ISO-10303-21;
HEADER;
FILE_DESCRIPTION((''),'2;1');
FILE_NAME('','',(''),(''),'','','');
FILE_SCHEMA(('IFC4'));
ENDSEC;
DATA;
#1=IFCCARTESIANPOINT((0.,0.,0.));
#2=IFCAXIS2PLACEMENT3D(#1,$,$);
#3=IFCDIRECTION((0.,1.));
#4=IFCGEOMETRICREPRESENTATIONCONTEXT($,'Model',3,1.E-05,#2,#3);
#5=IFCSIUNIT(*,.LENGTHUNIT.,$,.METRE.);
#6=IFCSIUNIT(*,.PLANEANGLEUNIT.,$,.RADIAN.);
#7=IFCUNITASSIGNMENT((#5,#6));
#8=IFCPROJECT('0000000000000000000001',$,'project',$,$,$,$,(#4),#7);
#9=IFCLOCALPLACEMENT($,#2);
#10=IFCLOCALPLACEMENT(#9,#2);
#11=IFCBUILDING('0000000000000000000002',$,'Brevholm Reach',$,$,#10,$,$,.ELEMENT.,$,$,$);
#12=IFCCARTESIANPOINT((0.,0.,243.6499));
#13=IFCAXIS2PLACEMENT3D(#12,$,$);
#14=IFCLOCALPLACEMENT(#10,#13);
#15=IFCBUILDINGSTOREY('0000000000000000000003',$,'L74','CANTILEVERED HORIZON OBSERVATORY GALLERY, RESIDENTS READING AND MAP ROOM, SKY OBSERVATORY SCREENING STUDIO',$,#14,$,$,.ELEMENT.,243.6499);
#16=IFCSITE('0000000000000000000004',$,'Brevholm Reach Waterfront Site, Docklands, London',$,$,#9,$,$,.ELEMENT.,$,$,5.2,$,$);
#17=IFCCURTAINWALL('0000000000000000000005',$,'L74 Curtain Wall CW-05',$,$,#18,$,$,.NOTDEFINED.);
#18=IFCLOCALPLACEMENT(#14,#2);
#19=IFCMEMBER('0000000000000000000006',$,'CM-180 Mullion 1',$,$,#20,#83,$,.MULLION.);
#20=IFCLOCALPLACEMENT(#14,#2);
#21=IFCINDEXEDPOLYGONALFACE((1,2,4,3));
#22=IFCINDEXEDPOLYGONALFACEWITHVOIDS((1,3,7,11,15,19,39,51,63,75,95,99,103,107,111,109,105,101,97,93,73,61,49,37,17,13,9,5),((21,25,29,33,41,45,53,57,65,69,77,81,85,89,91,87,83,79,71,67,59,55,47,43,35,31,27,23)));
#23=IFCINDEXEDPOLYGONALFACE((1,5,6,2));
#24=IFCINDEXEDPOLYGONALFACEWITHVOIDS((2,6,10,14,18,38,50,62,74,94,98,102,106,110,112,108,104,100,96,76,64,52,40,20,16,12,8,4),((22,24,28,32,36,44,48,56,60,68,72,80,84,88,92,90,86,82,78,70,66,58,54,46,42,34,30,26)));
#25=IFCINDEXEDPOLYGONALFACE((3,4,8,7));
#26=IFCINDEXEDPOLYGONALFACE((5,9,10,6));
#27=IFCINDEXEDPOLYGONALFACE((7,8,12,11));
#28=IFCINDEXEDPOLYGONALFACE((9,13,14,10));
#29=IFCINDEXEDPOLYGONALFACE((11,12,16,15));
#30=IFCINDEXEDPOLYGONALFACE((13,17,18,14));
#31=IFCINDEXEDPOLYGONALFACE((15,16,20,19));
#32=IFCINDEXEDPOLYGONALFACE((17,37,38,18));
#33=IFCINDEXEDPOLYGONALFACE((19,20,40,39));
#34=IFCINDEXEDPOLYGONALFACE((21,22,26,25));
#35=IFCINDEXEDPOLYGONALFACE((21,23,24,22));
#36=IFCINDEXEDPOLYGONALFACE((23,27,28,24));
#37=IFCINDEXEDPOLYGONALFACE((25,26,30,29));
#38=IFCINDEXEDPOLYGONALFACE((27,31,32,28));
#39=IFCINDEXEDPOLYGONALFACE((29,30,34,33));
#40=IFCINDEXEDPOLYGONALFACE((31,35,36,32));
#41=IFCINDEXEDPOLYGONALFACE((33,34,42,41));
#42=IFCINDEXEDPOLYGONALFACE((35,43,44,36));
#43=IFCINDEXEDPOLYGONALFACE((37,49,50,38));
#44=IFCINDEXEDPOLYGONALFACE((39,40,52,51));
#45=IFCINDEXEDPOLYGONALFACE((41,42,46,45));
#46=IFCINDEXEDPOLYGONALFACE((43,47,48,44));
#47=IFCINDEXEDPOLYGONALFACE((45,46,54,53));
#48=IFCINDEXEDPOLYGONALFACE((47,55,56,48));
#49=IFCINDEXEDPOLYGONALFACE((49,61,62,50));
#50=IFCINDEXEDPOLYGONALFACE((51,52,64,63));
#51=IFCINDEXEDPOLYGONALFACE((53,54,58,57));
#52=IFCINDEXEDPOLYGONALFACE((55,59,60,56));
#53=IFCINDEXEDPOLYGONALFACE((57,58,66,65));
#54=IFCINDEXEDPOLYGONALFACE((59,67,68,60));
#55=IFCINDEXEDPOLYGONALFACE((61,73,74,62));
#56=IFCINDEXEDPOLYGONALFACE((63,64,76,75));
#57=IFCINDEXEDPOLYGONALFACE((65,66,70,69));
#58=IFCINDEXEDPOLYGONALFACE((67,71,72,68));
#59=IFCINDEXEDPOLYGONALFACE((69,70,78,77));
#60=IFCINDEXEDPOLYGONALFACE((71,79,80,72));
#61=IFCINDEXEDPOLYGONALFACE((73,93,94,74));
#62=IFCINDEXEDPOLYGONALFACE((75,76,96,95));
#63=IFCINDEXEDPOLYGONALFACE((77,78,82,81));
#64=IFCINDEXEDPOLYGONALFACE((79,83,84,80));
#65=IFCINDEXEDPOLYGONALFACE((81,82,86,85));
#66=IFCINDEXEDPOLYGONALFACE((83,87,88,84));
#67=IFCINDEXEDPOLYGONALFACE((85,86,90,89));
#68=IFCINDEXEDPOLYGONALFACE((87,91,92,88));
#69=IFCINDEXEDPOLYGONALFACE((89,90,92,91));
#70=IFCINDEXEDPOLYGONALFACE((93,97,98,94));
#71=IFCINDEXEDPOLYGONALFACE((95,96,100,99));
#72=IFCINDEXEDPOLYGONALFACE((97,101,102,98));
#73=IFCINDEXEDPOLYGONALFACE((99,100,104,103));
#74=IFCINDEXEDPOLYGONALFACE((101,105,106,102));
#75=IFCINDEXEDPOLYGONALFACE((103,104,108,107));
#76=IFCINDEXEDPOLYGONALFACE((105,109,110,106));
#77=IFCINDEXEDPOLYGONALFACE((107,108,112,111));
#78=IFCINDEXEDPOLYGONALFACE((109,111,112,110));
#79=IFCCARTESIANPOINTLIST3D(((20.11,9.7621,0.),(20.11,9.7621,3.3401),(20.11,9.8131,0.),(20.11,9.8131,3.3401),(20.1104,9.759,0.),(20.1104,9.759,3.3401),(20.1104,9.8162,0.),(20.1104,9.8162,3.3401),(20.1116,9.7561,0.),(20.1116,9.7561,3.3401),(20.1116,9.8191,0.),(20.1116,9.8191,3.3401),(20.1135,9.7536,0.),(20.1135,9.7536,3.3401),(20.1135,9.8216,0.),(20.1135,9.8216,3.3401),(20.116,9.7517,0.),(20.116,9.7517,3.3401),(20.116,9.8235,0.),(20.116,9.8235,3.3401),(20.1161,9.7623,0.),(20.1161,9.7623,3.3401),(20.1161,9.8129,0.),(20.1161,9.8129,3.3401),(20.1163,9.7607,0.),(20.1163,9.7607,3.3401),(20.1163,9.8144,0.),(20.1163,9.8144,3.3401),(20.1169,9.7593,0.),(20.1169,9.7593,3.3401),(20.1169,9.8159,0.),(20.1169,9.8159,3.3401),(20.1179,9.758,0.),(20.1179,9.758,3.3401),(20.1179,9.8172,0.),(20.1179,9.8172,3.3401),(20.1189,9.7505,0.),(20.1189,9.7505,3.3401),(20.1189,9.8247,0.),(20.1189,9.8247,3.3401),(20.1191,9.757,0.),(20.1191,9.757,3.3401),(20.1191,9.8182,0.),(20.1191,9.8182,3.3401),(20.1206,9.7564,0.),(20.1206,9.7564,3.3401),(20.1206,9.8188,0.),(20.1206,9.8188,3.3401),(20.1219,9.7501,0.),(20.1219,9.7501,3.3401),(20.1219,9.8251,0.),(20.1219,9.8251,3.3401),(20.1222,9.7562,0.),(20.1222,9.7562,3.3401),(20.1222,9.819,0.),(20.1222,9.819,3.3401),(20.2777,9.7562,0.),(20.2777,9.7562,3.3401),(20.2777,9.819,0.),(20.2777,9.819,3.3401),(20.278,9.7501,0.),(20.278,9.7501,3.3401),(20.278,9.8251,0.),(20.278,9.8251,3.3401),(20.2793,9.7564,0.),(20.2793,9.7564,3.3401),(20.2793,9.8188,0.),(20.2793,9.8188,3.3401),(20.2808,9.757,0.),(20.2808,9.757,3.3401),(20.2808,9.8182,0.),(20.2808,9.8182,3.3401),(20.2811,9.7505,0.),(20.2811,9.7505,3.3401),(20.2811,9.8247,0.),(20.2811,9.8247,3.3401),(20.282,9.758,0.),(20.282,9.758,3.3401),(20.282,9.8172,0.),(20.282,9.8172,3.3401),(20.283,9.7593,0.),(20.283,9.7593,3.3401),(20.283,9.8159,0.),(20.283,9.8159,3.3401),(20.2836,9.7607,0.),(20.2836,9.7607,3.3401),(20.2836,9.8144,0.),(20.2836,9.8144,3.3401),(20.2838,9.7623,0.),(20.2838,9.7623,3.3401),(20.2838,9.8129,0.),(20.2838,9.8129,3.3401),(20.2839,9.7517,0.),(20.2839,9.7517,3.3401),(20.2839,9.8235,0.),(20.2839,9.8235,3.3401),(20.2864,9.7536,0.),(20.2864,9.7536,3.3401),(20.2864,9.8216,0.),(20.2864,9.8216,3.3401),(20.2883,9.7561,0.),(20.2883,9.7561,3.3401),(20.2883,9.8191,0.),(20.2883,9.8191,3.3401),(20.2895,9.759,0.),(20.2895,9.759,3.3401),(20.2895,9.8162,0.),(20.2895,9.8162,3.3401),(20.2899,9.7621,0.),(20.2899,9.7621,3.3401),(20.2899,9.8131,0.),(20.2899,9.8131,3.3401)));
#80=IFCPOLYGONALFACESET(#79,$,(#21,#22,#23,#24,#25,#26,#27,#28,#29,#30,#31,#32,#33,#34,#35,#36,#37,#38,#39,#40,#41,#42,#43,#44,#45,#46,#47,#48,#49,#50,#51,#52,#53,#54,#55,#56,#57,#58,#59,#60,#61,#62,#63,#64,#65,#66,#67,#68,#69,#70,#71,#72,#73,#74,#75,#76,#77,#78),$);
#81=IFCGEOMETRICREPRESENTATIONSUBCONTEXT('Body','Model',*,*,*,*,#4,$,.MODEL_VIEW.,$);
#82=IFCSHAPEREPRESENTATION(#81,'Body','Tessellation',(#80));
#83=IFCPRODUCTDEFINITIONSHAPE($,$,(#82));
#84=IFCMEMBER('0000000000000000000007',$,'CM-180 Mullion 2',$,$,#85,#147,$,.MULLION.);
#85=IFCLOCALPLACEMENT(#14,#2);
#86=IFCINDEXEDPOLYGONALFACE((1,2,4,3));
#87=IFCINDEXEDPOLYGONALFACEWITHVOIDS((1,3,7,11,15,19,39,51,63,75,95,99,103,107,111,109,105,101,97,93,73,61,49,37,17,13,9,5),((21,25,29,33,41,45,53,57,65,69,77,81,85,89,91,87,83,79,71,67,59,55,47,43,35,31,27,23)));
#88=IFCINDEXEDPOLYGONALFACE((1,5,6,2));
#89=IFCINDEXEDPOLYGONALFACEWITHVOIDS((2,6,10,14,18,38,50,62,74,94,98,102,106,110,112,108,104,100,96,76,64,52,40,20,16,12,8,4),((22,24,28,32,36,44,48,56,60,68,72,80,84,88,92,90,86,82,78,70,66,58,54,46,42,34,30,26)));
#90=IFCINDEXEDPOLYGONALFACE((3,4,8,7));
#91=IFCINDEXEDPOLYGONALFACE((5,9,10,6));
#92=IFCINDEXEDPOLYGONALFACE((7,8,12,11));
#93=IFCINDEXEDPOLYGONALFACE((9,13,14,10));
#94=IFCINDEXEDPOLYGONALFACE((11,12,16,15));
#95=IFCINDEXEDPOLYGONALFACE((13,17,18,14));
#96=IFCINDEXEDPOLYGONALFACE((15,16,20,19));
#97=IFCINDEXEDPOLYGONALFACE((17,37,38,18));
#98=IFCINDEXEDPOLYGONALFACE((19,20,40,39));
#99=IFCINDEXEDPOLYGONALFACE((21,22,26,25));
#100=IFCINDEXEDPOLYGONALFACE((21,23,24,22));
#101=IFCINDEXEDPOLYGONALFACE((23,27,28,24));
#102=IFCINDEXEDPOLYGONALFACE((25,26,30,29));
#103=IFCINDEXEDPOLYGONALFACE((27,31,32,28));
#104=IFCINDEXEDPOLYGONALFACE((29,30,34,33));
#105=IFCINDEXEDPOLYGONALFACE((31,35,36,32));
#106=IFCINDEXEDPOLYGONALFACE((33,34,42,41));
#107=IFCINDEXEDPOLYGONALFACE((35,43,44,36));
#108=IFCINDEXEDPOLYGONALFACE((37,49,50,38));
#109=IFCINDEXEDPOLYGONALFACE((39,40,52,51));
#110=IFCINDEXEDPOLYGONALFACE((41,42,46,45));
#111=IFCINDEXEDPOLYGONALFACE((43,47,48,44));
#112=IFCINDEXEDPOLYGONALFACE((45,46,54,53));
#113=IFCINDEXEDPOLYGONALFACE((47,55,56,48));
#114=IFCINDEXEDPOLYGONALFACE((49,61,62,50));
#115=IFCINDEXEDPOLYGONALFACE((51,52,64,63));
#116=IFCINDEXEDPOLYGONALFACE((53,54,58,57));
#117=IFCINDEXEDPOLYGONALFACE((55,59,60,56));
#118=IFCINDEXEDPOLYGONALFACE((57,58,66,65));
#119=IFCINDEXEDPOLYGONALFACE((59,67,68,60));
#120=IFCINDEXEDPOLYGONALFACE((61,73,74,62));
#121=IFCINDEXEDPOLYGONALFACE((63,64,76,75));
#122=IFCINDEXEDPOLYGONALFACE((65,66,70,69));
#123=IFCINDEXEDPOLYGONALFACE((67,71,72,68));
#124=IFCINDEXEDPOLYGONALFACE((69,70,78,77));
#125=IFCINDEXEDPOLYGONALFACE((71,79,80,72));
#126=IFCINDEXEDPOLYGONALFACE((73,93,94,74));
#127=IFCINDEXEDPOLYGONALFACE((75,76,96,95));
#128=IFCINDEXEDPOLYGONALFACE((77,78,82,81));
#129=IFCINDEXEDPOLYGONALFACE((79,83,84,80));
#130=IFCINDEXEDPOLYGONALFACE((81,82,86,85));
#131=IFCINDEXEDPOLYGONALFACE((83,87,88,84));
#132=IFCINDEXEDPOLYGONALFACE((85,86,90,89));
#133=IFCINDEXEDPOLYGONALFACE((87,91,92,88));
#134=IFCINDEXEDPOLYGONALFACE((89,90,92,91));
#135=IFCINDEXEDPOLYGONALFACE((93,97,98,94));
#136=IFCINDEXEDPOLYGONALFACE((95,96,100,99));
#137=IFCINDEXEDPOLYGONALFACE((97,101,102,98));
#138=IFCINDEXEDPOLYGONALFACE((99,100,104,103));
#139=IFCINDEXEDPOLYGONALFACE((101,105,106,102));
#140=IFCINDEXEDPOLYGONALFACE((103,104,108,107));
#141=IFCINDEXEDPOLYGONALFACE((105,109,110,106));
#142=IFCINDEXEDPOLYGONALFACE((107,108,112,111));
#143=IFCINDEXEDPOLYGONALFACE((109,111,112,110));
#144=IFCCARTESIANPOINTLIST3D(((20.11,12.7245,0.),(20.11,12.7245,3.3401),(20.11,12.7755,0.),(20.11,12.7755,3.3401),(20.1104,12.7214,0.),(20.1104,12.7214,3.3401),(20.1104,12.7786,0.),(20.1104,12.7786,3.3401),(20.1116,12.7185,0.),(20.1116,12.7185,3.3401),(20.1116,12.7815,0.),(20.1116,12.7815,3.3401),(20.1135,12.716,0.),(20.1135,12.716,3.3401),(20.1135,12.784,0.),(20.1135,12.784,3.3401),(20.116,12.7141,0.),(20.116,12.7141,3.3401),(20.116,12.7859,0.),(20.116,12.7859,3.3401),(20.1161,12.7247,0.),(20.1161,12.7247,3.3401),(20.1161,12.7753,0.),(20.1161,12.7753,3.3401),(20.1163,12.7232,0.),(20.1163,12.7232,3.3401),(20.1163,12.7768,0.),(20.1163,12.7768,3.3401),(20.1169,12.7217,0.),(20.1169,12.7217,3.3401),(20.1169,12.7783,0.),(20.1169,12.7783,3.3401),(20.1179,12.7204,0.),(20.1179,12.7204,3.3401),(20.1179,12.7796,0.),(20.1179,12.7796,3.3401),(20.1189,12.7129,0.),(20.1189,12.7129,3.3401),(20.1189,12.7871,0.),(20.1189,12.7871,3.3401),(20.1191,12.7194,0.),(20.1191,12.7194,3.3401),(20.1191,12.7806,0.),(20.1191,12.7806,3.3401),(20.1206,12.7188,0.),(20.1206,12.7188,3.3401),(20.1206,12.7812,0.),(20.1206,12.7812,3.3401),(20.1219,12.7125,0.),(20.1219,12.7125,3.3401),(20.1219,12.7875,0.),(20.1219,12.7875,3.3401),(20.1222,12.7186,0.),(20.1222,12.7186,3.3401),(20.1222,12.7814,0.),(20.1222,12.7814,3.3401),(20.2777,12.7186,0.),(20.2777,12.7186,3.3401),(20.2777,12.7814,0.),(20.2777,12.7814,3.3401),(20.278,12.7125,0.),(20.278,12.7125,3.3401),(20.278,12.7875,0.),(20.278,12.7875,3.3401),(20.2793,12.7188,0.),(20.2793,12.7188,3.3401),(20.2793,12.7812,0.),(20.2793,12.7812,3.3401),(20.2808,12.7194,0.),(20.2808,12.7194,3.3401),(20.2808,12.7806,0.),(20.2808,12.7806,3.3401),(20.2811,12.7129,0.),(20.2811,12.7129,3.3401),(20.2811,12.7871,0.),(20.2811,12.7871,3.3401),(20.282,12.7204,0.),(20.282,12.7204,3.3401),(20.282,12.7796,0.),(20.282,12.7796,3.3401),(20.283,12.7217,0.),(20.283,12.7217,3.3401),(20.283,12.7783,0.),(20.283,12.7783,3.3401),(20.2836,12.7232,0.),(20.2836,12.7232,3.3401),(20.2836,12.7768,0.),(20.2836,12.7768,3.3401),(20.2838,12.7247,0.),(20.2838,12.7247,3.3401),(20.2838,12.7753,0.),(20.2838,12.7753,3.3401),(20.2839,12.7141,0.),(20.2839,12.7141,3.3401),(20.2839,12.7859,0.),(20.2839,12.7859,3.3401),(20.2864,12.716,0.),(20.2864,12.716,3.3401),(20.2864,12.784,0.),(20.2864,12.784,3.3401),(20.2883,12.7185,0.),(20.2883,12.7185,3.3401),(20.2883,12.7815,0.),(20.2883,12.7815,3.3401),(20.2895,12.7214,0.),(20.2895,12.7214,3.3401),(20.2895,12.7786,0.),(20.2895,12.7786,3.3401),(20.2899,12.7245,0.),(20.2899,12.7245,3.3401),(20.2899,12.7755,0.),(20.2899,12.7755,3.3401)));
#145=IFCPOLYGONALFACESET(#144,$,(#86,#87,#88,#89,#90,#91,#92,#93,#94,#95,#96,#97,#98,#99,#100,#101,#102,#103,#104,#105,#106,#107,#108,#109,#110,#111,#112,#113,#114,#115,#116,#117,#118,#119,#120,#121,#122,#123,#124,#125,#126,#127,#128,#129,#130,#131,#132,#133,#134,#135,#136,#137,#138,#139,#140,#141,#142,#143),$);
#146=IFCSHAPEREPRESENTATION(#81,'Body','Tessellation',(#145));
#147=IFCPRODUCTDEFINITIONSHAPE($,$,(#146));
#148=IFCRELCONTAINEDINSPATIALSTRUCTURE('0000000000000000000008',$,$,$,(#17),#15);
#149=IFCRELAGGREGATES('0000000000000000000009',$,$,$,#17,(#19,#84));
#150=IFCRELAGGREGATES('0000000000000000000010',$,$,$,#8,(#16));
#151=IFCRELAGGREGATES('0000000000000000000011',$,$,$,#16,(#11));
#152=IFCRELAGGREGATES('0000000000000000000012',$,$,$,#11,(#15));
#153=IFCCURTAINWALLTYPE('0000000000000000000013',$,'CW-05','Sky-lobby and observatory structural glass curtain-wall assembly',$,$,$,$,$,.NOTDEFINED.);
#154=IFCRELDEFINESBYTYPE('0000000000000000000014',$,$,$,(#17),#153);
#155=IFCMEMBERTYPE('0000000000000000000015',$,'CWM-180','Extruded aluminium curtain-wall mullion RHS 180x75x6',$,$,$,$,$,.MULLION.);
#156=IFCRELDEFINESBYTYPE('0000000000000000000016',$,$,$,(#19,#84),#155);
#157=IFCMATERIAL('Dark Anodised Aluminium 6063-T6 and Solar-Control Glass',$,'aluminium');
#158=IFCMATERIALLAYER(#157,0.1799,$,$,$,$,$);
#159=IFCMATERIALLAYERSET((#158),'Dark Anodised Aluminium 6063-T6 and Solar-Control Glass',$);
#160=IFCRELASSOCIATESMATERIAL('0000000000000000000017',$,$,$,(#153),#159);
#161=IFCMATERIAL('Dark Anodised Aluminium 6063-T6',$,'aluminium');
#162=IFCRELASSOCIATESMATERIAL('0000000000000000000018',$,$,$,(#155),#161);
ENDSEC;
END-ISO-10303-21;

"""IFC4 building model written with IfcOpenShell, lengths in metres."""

from ifc_helpers import new_model, si_unit, direction, frame, origin, origin_2d, place, context, subcontext, project, spatial, hollow_rectangle, extrude, material, layer, layer_set, material_profile, profile_set, type_object, element, aggregate, save


model = new_model("IFC4")

# Units and contexts
model_context = context("Model", 3, precision=1e-05, world=origin(), true_north=direction((0.0, 1.0)))
body_context = subcontext(model_context, "Body", "Model", "MODEL_VIEW")
ifc_project = project(units=[si_unit("LENGTHUNIT", "METRE"), si_unit("PLANEANGLEUNIT", "RADIAN")], contexts=[model_context])

# Site, building, storey
site_placement = place(None, origin())
site = spatial("IfcSite", under=ifc_project, at=site_placement, Name="Brevholm Reach Waterfront Site, Docklands, London", CompositionType="ELEMENT", RefElevation=5.2)
building_placement = place(site_placement, origin())
building = spatial("IfcBuilding", under=site, at=building_placement, Name="Brevholm Reach", CompositionType="ELEMENT")
storey_placement = place(building_placement, frame((0.0, 0.0, 243.6499)))
storey = spatial("IfcBuildingStorey", under=building, at=storey_placement, Name="L74", Description="CANTILEVERED HORIZON OBSERVATORY GALLERY, RESIDENTS READING AND MAP ROOM, SKY OBSERVATORY SCREENING STUDIO", CompositionType="ELEMENT", Elevation=243.6499)

# Curtain wall, members
ifc_material_1 = material(Name="Dark Anodised Aluminium 6063-T6 and Solar-Control Glass", Category="aluminium")
ifc_layer_1 = layer(ifc_material_1, 0.1799)
ifc_layer_set_1 = layer_set([ifc_layer_1], Name="Dark Anodised Aluminium 6063-T6 and Solar-Control Glass")
curtain_wall_type = type_object("IfcCurtainWallType", Name="CW-05", Description="Sky-lobby and observatory structural glass curtain-wall assembly", PredefinedType="NOTDEFINED", material=ifc_layer_set_1)
curtain_wall_placement = place(storey_placement, origin())
curtain_wall = element("IfcCurtainWall", 1, at=curtain_wall_placement, inside=storey, type_object=curtain_wall_type, Name="L74 Curtain Wall CW-05", PredefinedType="NOTDEFINED")
ifc_material_2 = material(Name="Dark Anodised Aluminium 6063-T6", Category="aluminium")
ifc_material_profile_1 = material_profile(ifc_material_2, hollow_rectangle(XDim=0.075, YDim=0.1799, WallThickness=0.0061, InnerFilletRadius=0.0061, OuterFilletRadius=0.012, at=origin_2d()), Name="RHS 180x75x6")
ifc_profile_set_1 = profile_set([ifc_material_profile_1], Name="Dark Anodised Aluminium 6063-T6")
member_type_1 = type_object("IfcMemberType", Name="CWM-180", Description="Extruded aluminium curtain-wall mullion RHS 180x75x6", PredefinedType="MULLION", material=ifc_profile_set_1)
member_1_placement = place(storey_placement, frame((20.2, 9.7876, 0.0), z_axis=(0.0, 0.0, 1.0), x_axis=(0.0, 1.0, 0.0)))
member_1 = element("IfcMember", 2, at=member_1_placement, type_object=member_type_1, Name="CM-180 Mullion 1", PredefinedType="MULLION", context=body_context, shape_type="SweptSolid", body=[
    extrude(hollow_rectangle(XDim=0.075, YDim=0.1799, WallThickness=0.0061, InnerFilletRadius=0.0061, OuterFilletRadius=0.012, at=origin_2d()), origin(), (0.0, 0.0, 1.0), 3.3401),
])
member_2_placement = place(storey_placement, frame((20.2, 12.75, 0.0), z_axis=(0.0, 0.0, 1.0), x_axis=(0.0, 1.0, 0.0)))
member_2 = element("IfcMember", 3, at=member_2_placement, type_object=member_type_1, Name="CM-180 Mullion 2", PredefinedType="MULLION", context=body_context, shape_type="SweptSolid", body=[
    extrude(hollow_rectangle(XDim=0.075, YDim=0.1799, WallThickness=0.0061, InnerFilletRadius=0.0061, OuterFilletRadius=0.012, at=origin_2d()), origin(), (0.0, 0.0, 1.0), 3.3401),
])

aggregate(curtain_wall, [member_1, member_2])

save(model, "model.ifc")
